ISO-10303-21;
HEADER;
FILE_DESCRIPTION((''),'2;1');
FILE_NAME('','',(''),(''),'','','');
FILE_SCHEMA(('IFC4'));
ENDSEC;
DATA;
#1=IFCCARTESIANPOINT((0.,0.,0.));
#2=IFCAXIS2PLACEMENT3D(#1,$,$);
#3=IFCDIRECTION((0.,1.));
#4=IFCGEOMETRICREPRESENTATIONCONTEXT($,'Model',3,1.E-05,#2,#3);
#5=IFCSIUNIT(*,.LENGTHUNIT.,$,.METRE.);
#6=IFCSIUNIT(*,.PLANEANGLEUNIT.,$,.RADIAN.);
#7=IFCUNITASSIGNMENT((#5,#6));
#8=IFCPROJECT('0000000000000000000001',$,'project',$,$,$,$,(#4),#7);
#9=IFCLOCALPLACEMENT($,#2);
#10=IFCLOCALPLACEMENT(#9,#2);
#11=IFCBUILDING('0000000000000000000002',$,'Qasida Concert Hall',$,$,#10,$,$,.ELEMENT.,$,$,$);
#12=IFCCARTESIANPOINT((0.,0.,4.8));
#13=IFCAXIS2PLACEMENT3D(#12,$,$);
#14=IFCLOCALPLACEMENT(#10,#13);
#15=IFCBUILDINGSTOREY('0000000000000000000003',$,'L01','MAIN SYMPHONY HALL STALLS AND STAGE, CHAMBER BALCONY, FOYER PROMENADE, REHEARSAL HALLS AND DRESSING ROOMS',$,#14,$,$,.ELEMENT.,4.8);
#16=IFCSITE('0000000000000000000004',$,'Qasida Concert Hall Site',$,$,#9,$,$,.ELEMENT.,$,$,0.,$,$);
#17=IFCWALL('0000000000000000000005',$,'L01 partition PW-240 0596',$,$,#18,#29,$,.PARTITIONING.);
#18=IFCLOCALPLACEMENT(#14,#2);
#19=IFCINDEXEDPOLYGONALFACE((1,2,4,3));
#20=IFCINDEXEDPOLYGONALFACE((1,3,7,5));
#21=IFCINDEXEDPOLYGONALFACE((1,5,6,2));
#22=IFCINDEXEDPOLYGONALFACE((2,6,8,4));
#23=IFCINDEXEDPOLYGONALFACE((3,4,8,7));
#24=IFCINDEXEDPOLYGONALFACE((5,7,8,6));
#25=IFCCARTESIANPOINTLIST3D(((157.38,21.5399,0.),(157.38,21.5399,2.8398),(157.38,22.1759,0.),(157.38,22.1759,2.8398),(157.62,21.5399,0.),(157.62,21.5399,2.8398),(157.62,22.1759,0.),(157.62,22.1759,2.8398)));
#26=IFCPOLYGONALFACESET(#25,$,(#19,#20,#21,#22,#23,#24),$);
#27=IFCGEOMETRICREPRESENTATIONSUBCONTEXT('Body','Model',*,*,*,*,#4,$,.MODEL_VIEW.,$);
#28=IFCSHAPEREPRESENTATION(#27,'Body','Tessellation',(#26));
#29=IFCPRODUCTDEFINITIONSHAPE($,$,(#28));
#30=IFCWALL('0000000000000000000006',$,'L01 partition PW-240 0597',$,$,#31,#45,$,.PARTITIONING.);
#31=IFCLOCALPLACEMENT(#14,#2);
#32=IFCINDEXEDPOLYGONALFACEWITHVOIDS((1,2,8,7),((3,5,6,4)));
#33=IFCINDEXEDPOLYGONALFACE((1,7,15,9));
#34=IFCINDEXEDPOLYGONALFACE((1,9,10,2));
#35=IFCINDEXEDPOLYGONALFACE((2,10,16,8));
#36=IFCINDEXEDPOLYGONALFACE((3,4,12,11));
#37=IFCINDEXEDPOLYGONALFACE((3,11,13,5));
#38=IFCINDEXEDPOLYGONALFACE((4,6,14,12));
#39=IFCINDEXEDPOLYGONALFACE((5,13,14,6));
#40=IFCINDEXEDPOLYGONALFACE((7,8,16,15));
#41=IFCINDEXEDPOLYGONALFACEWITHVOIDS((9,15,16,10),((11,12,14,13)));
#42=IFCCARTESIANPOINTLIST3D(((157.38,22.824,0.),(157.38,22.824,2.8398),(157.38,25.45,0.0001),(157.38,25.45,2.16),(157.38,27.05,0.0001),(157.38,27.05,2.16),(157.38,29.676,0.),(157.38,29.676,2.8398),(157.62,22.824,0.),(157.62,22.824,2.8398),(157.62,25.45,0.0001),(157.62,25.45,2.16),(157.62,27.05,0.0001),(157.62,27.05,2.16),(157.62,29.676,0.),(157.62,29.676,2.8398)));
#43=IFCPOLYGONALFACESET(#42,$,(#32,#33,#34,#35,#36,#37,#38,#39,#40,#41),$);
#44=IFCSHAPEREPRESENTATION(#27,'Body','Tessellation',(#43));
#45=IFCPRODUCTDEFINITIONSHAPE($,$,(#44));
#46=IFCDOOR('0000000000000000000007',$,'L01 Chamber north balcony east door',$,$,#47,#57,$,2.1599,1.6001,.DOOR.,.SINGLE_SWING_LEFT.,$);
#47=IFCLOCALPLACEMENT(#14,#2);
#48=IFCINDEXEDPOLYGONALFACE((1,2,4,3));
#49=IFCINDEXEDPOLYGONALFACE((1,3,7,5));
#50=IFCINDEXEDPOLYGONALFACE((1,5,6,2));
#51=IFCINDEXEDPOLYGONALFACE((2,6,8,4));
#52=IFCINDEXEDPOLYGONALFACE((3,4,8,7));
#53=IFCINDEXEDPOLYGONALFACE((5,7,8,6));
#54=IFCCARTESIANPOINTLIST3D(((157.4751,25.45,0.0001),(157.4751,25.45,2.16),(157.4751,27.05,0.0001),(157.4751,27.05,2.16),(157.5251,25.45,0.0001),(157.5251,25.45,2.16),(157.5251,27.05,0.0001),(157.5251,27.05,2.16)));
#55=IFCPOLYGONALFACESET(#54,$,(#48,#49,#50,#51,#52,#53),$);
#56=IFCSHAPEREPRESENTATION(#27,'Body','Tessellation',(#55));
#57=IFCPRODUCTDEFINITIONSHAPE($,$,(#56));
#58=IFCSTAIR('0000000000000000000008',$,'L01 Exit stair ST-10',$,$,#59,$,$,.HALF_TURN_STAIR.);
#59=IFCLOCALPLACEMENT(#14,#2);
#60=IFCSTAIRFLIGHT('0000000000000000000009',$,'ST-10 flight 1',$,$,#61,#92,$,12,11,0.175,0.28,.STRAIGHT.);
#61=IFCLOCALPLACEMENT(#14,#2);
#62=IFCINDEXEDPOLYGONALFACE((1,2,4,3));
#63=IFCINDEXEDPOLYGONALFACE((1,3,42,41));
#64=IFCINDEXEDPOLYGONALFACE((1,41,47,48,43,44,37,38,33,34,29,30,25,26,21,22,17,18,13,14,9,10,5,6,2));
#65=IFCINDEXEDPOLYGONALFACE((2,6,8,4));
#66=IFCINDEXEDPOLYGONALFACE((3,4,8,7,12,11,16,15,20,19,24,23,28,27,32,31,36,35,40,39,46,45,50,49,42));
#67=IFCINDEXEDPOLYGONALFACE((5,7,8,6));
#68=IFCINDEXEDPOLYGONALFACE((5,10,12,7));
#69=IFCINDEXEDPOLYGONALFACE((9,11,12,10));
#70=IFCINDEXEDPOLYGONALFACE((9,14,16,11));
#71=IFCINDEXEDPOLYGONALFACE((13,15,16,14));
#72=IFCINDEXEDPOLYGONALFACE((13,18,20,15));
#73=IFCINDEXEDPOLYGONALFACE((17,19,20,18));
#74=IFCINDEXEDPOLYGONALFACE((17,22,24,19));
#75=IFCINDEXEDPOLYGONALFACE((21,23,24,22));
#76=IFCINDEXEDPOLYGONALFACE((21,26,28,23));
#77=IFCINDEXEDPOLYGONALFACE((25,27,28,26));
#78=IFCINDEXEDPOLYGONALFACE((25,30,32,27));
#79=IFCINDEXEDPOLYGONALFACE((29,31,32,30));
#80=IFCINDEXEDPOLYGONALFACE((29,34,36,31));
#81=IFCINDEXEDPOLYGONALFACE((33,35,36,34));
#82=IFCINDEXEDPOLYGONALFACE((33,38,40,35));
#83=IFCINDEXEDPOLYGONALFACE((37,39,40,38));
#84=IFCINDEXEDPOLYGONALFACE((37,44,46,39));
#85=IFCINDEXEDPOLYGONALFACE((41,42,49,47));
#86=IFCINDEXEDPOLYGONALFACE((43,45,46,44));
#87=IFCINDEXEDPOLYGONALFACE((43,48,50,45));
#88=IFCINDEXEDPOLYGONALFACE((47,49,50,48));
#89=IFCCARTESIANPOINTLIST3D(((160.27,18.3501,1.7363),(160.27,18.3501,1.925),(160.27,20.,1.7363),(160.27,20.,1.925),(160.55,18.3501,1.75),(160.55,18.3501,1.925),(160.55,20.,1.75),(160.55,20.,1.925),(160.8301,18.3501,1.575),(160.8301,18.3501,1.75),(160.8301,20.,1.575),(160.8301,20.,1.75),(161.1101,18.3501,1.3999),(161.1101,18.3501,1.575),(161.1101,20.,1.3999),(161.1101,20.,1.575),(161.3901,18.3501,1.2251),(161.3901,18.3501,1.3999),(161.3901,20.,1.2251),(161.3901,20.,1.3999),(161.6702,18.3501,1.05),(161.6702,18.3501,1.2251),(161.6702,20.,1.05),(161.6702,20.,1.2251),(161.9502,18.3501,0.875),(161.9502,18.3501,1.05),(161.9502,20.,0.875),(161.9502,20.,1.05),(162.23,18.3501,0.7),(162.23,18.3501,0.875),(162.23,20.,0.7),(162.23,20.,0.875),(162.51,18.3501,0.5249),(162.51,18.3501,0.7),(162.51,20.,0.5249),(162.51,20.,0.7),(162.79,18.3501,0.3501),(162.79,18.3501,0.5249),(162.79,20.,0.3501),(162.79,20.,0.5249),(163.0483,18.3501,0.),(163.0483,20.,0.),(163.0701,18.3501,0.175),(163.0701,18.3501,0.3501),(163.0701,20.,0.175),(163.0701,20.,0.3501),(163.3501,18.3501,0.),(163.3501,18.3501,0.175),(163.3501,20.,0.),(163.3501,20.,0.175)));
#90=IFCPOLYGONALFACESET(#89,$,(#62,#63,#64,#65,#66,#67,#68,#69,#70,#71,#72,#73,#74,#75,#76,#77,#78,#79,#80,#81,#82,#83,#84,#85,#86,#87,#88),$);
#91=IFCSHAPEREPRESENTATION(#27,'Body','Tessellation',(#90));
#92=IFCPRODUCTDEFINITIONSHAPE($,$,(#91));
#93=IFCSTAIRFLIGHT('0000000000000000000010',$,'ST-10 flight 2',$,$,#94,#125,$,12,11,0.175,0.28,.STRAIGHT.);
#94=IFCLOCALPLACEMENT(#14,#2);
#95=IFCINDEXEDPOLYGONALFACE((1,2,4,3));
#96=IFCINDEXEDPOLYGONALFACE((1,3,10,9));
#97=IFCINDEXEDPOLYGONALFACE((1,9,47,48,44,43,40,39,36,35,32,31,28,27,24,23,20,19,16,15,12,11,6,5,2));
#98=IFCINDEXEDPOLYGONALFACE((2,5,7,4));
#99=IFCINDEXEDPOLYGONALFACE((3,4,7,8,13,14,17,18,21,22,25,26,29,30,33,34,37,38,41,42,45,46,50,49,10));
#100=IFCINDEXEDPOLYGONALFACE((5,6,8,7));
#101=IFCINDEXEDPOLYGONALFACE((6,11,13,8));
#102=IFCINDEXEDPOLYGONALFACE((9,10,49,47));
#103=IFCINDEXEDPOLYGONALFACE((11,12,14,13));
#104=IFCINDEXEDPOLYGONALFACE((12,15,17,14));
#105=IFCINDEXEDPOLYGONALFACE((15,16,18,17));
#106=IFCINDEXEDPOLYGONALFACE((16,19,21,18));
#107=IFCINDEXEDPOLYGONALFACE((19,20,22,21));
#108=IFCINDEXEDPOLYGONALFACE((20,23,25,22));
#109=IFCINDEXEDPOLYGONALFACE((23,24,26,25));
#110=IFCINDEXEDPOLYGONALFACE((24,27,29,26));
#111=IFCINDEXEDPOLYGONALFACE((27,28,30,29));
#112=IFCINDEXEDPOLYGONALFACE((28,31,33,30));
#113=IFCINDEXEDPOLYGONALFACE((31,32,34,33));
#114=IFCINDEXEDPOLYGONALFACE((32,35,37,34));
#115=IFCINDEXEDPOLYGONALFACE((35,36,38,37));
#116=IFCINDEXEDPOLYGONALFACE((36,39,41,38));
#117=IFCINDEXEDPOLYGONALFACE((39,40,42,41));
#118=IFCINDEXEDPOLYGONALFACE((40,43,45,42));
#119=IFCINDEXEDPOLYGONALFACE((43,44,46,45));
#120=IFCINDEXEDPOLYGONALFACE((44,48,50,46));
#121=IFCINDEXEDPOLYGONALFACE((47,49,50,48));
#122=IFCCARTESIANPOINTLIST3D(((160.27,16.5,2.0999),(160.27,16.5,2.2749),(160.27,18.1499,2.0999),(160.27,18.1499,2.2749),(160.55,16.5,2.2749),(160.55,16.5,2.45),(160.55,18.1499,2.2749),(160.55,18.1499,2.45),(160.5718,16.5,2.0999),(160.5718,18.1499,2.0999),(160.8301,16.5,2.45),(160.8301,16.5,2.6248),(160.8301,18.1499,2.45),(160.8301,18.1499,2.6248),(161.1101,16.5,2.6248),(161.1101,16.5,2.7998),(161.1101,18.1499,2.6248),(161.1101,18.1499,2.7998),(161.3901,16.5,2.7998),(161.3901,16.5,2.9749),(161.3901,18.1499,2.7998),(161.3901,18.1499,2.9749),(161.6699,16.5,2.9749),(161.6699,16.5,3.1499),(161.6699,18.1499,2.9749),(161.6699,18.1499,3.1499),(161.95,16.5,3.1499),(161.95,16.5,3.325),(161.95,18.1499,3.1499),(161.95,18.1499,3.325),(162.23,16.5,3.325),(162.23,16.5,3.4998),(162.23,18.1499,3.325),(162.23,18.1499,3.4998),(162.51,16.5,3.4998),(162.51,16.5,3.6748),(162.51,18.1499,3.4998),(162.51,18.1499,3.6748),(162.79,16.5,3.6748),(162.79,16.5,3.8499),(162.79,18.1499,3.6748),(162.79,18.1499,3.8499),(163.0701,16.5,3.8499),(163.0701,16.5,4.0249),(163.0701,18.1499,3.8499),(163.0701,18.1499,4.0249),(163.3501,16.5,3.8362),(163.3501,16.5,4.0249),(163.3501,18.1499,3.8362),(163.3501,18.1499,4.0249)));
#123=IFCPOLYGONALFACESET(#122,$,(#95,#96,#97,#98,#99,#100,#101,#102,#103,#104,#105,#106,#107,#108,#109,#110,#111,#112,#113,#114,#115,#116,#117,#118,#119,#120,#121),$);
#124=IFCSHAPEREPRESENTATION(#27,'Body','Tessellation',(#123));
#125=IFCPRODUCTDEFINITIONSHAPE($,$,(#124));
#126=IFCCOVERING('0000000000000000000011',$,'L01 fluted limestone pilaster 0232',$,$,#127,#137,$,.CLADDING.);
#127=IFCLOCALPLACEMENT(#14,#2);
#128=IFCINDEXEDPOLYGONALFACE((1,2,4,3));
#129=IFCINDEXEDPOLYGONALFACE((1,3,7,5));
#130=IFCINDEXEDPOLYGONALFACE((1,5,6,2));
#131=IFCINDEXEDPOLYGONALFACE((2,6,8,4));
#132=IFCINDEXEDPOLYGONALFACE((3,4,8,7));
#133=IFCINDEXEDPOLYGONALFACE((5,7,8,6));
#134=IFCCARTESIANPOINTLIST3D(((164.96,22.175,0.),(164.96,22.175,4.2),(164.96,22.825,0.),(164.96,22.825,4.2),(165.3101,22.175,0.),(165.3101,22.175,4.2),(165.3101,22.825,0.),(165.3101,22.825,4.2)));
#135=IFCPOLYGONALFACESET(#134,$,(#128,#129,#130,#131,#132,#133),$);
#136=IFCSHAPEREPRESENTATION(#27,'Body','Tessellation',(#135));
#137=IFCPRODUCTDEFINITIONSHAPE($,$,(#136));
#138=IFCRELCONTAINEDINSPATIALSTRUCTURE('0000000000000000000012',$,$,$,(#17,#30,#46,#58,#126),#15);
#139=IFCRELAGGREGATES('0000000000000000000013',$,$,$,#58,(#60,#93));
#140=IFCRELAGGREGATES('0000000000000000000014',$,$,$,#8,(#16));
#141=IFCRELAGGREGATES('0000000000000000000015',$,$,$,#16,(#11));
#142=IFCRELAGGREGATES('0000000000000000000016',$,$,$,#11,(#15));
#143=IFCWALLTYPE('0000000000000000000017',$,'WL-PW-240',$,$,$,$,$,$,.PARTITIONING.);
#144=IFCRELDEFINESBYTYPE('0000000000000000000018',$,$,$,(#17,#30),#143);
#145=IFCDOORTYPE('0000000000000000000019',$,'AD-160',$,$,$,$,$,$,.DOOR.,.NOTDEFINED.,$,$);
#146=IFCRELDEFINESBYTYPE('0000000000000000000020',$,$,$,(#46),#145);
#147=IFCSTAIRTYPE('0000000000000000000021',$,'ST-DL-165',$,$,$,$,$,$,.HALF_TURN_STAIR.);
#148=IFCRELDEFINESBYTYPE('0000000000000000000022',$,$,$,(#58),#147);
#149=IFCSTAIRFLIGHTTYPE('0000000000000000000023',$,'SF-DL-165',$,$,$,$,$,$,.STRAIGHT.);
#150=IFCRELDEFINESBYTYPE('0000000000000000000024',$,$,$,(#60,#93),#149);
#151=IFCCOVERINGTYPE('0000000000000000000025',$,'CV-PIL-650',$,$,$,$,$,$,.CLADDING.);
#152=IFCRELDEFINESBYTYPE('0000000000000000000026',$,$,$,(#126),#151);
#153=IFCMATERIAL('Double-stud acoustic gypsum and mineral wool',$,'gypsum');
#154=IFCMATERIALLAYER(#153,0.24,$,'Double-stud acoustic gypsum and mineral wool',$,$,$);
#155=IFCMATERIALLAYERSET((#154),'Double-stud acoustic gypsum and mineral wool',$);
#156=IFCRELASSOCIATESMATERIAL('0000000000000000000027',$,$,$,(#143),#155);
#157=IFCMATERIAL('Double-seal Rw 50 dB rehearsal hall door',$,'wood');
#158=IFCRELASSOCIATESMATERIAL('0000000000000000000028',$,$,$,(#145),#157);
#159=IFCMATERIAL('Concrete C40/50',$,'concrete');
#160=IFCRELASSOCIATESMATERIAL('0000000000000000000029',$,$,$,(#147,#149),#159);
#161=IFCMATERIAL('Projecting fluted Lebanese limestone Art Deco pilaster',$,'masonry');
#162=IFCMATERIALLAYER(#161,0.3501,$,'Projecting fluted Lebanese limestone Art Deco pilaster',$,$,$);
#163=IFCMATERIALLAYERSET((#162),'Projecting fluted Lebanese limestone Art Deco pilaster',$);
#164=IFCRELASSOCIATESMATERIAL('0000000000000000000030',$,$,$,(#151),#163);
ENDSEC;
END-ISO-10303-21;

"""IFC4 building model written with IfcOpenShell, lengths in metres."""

from ifc_helpers import new_model, si_unit, direction, frame, frame_2d, origin, origin_2d, place, context, subcontext, project, spatial, polyline, rectangle, outline, extrude, material, layer, layer_set, type_object, element, fill, aggregate, save


model = new_model("IFC4")

# Units and contexts
model_context = context("Model", 3, precision=1e-05, world=origin(), true_north=direction((0.0, 1.0)))
body_context = subcontext(model_context, "Body", "Model", "MODEL_VIEW")
ifc_project = project(units=[si_unit("LENGTHUNIT", "METRE"), si_unit("PLANEANGLEUNIT", "RADIAN")], contexts=[model_context])

# Site, building, storey
site_placement = place(None, origin())
site = spatial("IfcSite", under=ifc_project, at=site_placement, Name="Qasida Concert Hall Site", CompositionType="ELEMENT", RefElevation=0.0)
building_placement = place(site_placement, origin())
building = spatial("IfcBuilding", under=site, at=building_placement, Name="Qasida Concert Hall", CompositionType="ELEMENT")
storey_placement = place(building_placement, frame((0.0, 0.0, 4.8)))
storey = spatial("IfcBuildingStorey", under=building, at=storey_placement, Name="L01", Description="MAIN SYMPHONY HALL STALLS AND STAGE, CHAMBER BALCONY, FOYER PROMENADE, REHEARSAL HALLS AND DRESSING ROOMS", CompositionType="ELEMENT", Elevation=4.8)

# Shared definitions
ifc_material_1 = material(Name="Concrete C40/50", Category="concrete")

# Wall
ifc_material_2 = material(Name="Double-stud acoustic gypsum and mineral wool", Category="gypsum")
ifc_layer_1 = layer(ifc_material_2, 0.24, Name="Double-stud acoustic gypsum and mineral wool")
ifc_layer_set_1 = layer_set([ifc_layer_1], Name="Double-stud acoustic gypsum and mineral wool")
wall_type_1 = type_object("IfcWallType", Name="WL-PW-240", PredefinedType="PARTITIONING", material=ifc_layer_set_1)
wall_1_placement = place(storey_placement, frame((157.5, 21.54, 0.0), z_axis=(0.0, 0.0, 1.0), x_axis=(0.0, 1.0, 0.0)))
element("IfcWall", 1, at=wall_1_placement, inside=storey, type_object=wall_type_1, Name="L01 partition PW-240 0596", PredefinedType="PARTITIONING", context=body_context, shape_type="SweptSolid", body=[
    extrude(rectangle(XDim=0.636, YDim=0.24, at=frame_2d((0.3179, 0.0))), origin(), (0.0, 0.0, 1.0), 2.8398),
])

# Wall, opening, door
wall_2_placement = place(storey_placement, frame((157.5, 22.824, 0.0), z_axis=(0.0, 0.0, 1.0), x_axis=(0.0, 1.0, 0.0)))
wall_2 = element("IfcWall", 2, at=wall_2_placement, inside=storey, type_object=wall_type_1, Name="L01 partition PW-240 0597", PredefinedType="PARTITIONING", context=body_context, shape_type="SweptSolid", body=[
    extrude(rectangle(XDim=6.8521, YDim=0.24, at=frame_2d((3.426, 0.0))), origin(), (0.0, 0.0, 1.0), 2.8398),
])
opening_placement = place(wall_2_placement, frame((2.626, 0.0, 0.0)))
opening = element("IfcOpeningElement", 3, at=opening_placement, cuts=wall_2, PredefinedType="OPENING", context=body_context, shape_type="SweptSolid", body=[
    extrude(rectangle(XDim=1.6001, YDim=2.1599, at=frame_2d((0.8, 1.0801))), frame((0.0, 0.1299, 0.0), z_axis=(0.0, -1.0, 0.0), x_axis=(1.0, 0.0, 0.0)), (0.0, 0.0, 1.0), 0.26),
])
ifc_material_3 = material(Name="Double-seal Rw 50 dB rehearsal hall door", Category="wood")
door_type = type_object("IfcDoorType", Name="AD-160", OperationType="NOTDEFINED", PredefinedType="DOOR", material=ifc_material_3)
door_placement = place(opening_placement, origin())
door = element("IfcDoor", 4, at=door_placement, inside=storey, type_object=door_type, Name="L01 Chamber north balcony east door", OperationType="SINGLE_SWING_LEFT", OverallHeight=2.1599, OverallWidth=1.6001, PredefinedType="DOOR", context=body_context, shape_type="SweptSolid", body=[
    extrude(rectangle(XDim=1.6001, YDim=2.1599, at=frame_2d((0.8, 1.0801))), frame((0.0, 0.0249, 0.0), z_axis=(0.0, -1.0, 0.0), x_axis=(1.0, 0.0, 0.0)), (0.0, 0.0, 1.0), 0.05),
])
fill(opening, door)

# Stair, stair flights
stair_type = type_object("IfcStairType", Name="ST-DL-165", PredefinedType="HALF_TURN_STAIR", material=ifc_material_1)
stair_placement = place(storey_placement, origin())
stair = element("IfcStair", 5, at=stair_placement, inside=storey, type_object=stair_type, Name="L01 Exit stair ST-10", PredefinedType="HALF_TURN_STAIR")
stair_flight_type = type_object("IfcStairFlightType", Name="SF-DL-165", PredefinedType="STRAIGHT", material=ifc_material_1)
stair_flight_1_placement = place(storey_placement, frame((163.3501, 19.175, 0.0), z_axis=(0.0, 0.0, 1.0), x_axis=(-1.0, 0.0, 0.0)))
stair_flight_1 = element("IfcStairFlight", 6, at=stair_flight_1_placement, type_object=stair_flight_type, Name="ST-10 flight 1", NumberOfRisers=12, NumberOfTreads=11, PredefinedType="STRAIGHT", RiserHeight=0.175, TreadLength=0.28, context=body_context, shape_type="SweptSolid", body=[
    extrude(outline(polyline([(0.0, 0.0), (0.0, 0.175), (0.28, 0.175), (0.28, 0.3501), (0.5601, 0.3501), (0.5601, 0.5249), (0.8401, 0.5249), (0.8401, 0.7), (1.1201, 0.7), (1.1201, 0.875), (1.3999, 0.875), (1.3999, 1.05), (1.6799, 1.05), (1.6799, 1.2251), (1.96, 1.2251), (1.96, 1.3999), (2.24, 1.3999), (2.24, 1.575), (2.52, 1.575), (2.52, 1.75), (2.8, 1.75), (2.8, 1.925), (3.0801, 1.925), (3.0801, 2.1001), (3.0801, 1.7363), (0.3018, 0.0), (0.0, 0.0)])), frame((0.0, 0.825, 0.0), z_axis=(0.0, -1.0, 0.0), x_axis=(1.0, 0.0, 0.0)), (0.0, 0.0, 1.0), 1.6499),
])
stair_flight_2_placement = place(storey_placement, frame((160.27, 17.325, 2.0999), z_axis=(0.0, 0.0, 1.0), x_axis=(1.0, 0.0, 0.0)))
stair_flight_2 = element("IfcStairFlight", 7, at=stair_flight_2_placement, type_object=stair_flight_type, Name="ST-10 flight 2", NumberOfRisers=12, NumberOfTreads=11, PredefinedType="STRAIGHT", RiserHeight=0.175, TreadLength=0.28, context=body_context, shape_type="SweptSolid", body=[
    extrude(outline(polyline([(0.0, 0.0), (0.0, 0.175), (0.28, 0.175), (0.28, 0.3501), (0.5601, 0.3501), (0.5601, 0.5249), (0.8401, 0.5249), (0.8401, 0.7), (1.1201, 0.7), (1.1201, 0.875), (1.3999, 0.875), (1.3999, 1.05), (1.6799, 1.05), (1.6799, 1.2251), (1.96, 1.2251), (1.96, 1.3999), (2.24, 1.3999), (2.24, 1.575), (2.52, 1.575), (2.52, 1.75), (2.8, 1.75), (2.8, 1.925), (3.0801, 1.925), (3.0801, 2.1001), (3.0801, 1.7363), (0.3018, 0.0), (0.0, 0.0)])), frame((0.0, 0.825, 0.0), z_axis=(0.0, -1.0, 0.0), x_axis=(1.0, 0.0, 0.0)), (0.0, 0.0, 1.0), 1.6499),
])
aggregate(stair, [stair_flight_1, stair_flight_2])

# Covering
ifc_material_4 = material(Name="Projecting fluted Lebanese limestone Art Deco pilaster", Category="masonry")
ifc_layer_2 = layer(ifc_material_4, 0.3501, Name="Projecting fluted Lebanese limestone Art Deco pilaster")
ifc_layer_set_2 = layer_set([ifc_layer_2], Name="Projecting fluted Lebanese limestone Art Deco pilaster")
covering_type = type_object("IfcCoveringType", Name="CV-PIL-650", PredefinedType="CLADDING", material=ifc_layer_set_2)
covering_placement = place(storey_placement, frame((165.135, 22.5, 0.0), z_axis=(0.0, 0.0, 1.0), x_axis=(1.0, 0.0, 0.0)))
element("IfcCovering", 8, at=covering_placement, inside=storey, type_object=covering_type, Name="L01 fluted limestone pilaster 0232", PredefinedType="CLADDING", context=body_context, shape_type="SweptSolid", body=[
    extrude(rectangle(XDim=0.3501, YDim=0.6499, at=origin_2d()), origin(), (0.0, 0.0, 1.0), 4.2),
])

save(model, "model.ifc")
